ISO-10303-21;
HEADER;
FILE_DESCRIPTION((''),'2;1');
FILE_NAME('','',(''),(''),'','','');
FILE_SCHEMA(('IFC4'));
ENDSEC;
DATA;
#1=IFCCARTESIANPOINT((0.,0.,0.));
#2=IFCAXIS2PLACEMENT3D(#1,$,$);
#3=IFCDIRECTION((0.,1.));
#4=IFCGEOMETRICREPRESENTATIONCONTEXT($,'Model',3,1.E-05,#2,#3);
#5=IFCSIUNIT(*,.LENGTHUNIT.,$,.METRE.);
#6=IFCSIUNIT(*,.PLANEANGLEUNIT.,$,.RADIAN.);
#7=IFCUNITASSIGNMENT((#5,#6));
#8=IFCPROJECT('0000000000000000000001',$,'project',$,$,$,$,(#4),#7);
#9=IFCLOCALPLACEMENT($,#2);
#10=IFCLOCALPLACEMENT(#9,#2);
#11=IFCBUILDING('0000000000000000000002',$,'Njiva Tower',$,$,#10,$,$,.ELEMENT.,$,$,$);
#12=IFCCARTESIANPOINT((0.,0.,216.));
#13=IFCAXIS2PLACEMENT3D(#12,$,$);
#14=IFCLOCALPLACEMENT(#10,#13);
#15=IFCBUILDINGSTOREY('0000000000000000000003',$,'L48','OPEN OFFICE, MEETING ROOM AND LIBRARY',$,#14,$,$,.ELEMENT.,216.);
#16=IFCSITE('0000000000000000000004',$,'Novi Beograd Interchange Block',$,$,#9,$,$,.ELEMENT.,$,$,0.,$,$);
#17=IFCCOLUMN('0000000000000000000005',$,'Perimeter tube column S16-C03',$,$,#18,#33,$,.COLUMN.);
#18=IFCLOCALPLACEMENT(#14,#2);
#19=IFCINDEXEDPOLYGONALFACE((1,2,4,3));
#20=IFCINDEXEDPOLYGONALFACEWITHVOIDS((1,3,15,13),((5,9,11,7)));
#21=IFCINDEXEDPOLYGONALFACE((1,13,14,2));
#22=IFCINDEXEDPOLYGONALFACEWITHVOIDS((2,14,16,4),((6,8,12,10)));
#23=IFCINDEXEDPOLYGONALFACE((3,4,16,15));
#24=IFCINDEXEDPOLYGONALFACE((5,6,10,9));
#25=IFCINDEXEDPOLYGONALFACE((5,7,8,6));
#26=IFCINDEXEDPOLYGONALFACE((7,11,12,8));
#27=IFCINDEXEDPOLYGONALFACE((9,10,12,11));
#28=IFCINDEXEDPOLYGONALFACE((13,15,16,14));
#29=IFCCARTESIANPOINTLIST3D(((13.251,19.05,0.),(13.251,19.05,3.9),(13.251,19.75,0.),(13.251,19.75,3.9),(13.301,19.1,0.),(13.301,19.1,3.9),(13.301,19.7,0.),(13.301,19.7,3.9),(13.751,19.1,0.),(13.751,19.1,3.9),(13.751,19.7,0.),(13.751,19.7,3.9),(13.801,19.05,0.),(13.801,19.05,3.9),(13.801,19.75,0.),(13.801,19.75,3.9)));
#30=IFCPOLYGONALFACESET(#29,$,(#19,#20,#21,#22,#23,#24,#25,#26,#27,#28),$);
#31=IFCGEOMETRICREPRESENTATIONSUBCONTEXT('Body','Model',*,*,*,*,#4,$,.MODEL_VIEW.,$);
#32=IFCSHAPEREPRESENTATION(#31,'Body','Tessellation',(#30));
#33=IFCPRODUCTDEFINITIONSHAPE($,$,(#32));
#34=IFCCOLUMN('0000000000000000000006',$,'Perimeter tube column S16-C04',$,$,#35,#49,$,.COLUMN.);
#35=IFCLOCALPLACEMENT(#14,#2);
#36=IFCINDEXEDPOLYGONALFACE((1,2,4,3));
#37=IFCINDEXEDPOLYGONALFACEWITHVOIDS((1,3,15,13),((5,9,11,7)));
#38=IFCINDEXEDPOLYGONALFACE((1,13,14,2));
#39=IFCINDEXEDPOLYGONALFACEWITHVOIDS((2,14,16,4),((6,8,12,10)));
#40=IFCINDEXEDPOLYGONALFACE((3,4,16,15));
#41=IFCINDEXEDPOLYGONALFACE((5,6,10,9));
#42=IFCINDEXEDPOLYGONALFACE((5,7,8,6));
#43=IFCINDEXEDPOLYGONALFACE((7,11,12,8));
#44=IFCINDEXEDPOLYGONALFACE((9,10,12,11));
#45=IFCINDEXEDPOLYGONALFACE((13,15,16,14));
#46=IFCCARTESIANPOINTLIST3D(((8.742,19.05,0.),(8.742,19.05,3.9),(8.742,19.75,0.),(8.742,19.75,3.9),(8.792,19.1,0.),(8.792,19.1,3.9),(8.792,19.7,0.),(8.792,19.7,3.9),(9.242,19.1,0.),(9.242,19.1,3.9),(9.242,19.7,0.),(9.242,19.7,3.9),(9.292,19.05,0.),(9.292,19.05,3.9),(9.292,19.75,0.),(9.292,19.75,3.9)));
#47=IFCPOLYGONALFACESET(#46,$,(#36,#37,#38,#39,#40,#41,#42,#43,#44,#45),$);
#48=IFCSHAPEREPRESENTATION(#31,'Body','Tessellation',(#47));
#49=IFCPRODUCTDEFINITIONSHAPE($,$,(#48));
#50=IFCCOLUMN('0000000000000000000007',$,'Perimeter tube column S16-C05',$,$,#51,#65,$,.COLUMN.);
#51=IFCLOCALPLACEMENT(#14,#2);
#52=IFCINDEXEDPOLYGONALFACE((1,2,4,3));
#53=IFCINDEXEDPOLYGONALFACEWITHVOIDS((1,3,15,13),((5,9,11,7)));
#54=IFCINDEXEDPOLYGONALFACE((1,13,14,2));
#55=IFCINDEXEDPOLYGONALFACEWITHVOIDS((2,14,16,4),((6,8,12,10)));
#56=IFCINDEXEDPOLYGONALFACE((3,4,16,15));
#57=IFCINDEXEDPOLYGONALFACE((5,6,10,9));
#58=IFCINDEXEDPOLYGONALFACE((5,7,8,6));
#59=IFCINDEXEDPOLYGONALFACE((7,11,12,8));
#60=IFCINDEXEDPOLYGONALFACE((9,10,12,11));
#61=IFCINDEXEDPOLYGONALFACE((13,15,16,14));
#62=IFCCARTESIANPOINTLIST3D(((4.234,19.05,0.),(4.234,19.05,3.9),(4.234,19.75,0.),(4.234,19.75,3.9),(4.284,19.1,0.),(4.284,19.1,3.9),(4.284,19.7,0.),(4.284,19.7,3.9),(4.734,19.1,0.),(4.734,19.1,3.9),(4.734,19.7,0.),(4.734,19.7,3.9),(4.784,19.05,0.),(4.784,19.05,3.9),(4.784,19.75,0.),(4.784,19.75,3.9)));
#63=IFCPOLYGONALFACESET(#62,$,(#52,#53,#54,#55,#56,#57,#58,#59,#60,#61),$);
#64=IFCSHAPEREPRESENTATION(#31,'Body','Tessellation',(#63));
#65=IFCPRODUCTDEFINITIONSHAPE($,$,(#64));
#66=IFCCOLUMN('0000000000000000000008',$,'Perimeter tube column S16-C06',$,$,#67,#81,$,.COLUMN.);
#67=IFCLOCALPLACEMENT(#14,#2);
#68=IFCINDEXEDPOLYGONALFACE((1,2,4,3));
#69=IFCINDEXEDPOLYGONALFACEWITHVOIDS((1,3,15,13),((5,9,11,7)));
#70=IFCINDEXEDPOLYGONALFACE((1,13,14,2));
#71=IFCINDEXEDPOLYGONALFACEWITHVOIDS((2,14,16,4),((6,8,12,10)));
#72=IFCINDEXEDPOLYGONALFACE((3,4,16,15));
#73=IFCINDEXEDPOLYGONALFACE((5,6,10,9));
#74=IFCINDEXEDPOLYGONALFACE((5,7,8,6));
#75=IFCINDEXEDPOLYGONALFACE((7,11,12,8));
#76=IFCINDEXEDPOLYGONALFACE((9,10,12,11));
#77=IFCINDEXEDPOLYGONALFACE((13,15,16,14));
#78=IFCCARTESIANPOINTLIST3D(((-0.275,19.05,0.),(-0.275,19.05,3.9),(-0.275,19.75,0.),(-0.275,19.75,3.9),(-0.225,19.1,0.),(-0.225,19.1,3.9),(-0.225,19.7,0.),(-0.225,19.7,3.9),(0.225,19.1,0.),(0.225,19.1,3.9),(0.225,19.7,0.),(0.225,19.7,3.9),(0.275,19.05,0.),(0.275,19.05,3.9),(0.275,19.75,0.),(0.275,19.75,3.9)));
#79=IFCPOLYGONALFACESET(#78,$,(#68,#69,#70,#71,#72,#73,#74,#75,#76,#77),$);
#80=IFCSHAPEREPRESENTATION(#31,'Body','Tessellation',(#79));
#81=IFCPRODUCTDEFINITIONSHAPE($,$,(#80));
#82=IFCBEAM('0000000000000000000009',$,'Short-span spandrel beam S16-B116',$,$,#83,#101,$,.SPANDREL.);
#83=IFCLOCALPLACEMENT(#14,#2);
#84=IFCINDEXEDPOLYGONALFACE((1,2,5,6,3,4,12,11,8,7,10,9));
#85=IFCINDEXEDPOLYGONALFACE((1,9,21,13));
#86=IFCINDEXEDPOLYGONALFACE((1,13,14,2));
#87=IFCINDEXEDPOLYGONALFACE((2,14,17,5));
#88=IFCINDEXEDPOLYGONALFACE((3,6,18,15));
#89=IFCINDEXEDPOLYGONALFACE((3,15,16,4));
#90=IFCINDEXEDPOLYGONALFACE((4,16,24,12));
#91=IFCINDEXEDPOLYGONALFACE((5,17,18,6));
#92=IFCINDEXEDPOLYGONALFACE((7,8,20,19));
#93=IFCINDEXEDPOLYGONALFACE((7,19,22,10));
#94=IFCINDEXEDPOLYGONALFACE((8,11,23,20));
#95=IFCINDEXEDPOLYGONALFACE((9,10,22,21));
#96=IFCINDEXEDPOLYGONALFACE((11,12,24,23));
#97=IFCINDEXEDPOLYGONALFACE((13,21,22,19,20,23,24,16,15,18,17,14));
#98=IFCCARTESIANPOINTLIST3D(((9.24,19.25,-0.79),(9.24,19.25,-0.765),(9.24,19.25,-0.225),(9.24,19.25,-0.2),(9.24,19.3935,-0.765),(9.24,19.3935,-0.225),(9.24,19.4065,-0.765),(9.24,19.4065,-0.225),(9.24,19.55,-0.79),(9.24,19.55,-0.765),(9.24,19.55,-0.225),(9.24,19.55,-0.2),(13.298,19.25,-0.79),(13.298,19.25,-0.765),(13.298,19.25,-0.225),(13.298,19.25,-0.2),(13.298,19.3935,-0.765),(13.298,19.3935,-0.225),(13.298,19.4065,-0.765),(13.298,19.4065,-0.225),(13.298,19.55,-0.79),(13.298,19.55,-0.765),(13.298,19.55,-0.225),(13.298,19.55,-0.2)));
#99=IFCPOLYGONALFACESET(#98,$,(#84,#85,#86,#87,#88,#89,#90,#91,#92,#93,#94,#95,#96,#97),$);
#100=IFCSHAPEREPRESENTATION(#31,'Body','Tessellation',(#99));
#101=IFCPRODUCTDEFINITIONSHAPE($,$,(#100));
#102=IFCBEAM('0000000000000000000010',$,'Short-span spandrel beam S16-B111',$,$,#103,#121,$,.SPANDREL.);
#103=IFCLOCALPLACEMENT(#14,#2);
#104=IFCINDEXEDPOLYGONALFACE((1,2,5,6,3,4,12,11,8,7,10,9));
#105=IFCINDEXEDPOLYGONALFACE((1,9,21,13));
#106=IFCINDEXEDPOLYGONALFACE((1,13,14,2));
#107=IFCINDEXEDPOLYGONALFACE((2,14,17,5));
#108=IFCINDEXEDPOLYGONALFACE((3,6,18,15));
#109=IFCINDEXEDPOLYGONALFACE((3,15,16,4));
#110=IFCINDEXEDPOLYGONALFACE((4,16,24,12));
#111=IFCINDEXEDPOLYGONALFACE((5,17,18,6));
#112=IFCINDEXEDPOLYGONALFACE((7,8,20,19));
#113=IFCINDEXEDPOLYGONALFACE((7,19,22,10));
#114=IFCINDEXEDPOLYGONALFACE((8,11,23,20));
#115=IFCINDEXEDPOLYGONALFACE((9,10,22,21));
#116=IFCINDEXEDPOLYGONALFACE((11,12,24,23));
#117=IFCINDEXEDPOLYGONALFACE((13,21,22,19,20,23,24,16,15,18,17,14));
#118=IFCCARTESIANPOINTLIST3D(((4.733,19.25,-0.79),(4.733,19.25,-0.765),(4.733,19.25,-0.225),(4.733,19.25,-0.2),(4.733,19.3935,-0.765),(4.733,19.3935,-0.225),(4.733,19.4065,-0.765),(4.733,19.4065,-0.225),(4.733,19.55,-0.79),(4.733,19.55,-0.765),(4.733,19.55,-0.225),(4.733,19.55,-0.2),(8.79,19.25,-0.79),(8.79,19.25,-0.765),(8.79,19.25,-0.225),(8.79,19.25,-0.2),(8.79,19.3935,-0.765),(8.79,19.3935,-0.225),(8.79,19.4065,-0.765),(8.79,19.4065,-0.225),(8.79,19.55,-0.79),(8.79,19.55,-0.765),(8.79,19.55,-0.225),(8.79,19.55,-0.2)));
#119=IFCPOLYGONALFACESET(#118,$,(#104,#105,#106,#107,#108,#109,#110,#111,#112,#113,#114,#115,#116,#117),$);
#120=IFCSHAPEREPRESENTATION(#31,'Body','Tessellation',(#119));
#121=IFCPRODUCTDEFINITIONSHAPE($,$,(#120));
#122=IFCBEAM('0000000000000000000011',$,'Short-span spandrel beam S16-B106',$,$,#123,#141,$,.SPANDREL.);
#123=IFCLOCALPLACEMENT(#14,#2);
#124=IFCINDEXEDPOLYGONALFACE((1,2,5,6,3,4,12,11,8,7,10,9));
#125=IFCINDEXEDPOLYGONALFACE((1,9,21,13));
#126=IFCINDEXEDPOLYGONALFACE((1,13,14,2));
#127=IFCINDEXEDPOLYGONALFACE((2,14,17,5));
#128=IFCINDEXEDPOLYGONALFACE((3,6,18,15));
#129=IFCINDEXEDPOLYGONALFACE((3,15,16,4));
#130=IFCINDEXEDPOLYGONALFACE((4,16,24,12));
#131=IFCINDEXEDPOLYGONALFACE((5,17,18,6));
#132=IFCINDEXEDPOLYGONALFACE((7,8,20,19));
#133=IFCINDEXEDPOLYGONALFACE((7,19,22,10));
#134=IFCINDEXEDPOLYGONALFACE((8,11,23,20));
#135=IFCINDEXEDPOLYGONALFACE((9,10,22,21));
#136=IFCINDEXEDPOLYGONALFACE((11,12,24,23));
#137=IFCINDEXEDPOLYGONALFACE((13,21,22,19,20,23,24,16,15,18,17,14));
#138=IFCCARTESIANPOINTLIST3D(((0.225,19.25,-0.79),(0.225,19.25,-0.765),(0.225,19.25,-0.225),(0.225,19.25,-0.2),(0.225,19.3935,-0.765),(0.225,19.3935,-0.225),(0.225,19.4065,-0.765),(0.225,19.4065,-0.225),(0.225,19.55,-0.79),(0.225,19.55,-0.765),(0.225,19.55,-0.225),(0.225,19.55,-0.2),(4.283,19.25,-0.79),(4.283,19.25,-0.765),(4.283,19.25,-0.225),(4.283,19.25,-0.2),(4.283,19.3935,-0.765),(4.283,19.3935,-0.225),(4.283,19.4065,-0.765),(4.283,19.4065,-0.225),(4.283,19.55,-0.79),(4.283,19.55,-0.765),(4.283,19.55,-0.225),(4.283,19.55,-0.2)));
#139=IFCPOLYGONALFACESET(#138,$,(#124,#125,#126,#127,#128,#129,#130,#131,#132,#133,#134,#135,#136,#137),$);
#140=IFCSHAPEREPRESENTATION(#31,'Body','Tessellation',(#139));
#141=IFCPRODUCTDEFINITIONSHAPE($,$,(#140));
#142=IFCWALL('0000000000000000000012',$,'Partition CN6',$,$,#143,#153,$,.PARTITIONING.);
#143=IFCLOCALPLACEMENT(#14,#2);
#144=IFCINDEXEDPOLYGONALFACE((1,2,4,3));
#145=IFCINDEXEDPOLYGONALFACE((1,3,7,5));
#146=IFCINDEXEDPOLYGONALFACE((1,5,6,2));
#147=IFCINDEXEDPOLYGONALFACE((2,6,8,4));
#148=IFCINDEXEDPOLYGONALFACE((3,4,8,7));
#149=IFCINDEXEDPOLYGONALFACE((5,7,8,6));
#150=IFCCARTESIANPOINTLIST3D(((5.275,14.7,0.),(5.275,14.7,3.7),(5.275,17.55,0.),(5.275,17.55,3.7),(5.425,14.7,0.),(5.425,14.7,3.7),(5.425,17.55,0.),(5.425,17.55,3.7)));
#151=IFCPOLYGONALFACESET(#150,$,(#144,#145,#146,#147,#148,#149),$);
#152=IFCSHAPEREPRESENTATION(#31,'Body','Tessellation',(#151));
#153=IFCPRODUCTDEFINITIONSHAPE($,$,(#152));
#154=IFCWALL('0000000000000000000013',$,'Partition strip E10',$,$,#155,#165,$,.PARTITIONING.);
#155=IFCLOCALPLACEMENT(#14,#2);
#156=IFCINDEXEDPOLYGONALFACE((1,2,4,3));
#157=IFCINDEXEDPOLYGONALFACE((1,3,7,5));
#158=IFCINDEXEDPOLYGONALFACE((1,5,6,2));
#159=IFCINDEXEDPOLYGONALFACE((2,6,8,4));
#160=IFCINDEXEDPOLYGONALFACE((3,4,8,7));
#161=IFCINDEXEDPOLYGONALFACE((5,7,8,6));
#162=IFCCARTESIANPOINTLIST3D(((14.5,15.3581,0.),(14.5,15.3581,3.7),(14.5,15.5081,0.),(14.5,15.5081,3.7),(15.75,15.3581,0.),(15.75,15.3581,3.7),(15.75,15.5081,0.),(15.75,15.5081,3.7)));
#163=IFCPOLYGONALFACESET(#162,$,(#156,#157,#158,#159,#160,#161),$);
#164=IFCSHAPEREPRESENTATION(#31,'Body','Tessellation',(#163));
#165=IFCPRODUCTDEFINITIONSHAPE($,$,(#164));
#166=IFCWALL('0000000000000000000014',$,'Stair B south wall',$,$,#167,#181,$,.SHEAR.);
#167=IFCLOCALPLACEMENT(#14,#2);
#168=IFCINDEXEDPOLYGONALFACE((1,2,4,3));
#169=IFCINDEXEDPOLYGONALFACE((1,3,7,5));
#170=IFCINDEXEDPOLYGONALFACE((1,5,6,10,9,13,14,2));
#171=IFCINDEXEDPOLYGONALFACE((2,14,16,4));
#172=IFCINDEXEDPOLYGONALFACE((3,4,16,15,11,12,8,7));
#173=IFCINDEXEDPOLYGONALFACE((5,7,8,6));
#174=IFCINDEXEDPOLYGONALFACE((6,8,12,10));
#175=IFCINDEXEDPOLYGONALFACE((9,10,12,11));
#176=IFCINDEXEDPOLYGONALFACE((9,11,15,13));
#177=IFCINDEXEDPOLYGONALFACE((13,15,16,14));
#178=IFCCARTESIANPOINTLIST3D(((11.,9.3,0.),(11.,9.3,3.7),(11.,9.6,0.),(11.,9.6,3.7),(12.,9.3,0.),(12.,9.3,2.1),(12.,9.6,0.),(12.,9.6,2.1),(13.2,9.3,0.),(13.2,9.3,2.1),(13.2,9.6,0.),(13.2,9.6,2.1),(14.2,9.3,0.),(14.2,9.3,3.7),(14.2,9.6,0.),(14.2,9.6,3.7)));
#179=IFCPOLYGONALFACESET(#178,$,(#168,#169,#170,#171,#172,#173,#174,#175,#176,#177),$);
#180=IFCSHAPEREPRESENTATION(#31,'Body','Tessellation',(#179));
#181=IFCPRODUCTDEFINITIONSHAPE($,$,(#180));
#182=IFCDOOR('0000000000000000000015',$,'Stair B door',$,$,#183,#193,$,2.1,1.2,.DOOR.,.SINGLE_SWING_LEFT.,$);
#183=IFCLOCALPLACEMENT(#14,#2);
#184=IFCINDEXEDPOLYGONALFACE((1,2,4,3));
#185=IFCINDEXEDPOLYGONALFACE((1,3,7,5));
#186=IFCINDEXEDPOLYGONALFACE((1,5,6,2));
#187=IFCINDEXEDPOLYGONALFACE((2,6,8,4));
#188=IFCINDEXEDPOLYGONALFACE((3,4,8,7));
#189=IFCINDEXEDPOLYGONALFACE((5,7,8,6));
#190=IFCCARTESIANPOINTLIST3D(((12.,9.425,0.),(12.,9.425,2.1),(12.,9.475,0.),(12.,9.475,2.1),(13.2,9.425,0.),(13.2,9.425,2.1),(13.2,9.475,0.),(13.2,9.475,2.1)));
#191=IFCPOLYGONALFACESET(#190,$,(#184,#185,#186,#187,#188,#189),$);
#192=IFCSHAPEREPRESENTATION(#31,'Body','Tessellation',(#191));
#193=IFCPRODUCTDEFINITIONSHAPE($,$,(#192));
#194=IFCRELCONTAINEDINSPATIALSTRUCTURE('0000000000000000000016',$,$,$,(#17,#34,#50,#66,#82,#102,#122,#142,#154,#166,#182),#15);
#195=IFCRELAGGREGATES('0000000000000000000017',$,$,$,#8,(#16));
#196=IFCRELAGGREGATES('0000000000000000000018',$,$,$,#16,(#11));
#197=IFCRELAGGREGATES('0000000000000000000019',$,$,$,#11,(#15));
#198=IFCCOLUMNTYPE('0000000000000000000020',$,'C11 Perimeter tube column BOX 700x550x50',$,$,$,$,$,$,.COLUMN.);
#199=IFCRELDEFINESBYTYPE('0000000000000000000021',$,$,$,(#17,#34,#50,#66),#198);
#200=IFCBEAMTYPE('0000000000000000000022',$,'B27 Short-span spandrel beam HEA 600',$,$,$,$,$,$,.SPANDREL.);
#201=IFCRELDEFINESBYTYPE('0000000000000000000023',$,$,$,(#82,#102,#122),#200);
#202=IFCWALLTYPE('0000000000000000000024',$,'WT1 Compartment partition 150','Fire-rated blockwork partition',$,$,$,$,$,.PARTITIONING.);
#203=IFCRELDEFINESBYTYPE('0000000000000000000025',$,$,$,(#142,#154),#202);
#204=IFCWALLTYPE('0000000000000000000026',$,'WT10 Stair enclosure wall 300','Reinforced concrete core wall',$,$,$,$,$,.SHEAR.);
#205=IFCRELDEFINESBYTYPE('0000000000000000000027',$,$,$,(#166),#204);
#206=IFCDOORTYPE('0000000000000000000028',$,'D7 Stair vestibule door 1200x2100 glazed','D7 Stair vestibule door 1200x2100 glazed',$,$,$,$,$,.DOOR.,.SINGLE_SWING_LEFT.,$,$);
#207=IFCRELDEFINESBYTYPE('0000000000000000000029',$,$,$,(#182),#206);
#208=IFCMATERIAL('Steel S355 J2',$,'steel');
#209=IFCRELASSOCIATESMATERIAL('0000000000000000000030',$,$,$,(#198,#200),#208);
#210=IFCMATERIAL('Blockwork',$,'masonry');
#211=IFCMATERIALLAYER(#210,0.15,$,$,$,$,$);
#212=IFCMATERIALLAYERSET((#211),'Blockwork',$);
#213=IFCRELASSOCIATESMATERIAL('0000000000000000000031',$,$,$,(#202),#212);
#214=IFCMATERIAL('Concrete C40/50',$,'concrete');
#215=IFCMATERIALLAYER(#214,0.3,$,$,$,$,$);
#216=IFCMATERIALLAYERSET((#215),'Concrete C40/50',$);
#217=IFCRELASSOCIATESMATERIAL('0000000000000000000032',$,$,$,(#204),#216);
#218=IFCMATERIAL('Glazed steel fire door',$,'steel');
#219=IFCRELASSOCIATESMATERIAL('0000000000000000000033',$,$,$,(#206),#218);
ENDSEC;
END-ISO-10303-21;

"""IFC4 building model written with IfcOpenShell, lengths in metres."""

from ifc_helpers import new_model, si_unit, direction, frame, frame_2d, origin, origin_2d, place, context, subcontext, project, spatial, rectangle, hollow_rectangle, i_section, extrude, material, layer, layer_set, material_profile, profile_set, type_object, element, fill, save


model = new_model("IFC4")

# Units and contexts
model_context = context("Model", 3, precision=1e-05, world=origin(), true_north=direction((0.0, 1.0)))
body_context = subcontext(model_context, "Body", "Model", "MODEL_VIEW")
ifc_project = project(units=[si_unit("LENGTHUNIT", "METRE"), si_unit("PLANEANGLEUNIT", "RADIAN")], contexts=[model_context])

# Site, building, storey
site_placement = place(None, origin())
site = spatial("IfcSite", under=ifc_project, at=site_placement, Name="Novi Beograd Interchange Block", CompositionType="ELEMENT", RefElevation=0.0)
building_placement = place(site_placement, origin())
building = spatial("IfcBuilding", under=site, at=building_placement, Name="Njiva Tower", CompositionType="ELEMENT")
storey_placement = place(building_placement, frame((0.0, 0.0, 216.0)))
storey = spatial("IfcBuildingStorey", under=building, at=storey_placement, Name="L48", Description="OPEN OFFICE, MEETING ROOM AND LIBRARY", CompositionType="ELEMENT", Elevation=216.0)

# Columns
ifc_material_1 = material(Name="Steel S355 J2", Category="steel")
ifc_material_profile_1 = material_profile(ifc_material_1, hollow_rectangle(XDim=0.55, YDim=0.7, WallThickness=0.05, at=origin_2d()), Name="BOX 700x550x50")
ifc_profile_set_1 = profile_set([ifc_material_profile_1], Name="Steel S355 J2")
column_type = type_object("IfcColumnType", Name="C11 Perimeter tube column BOX 700x550x50", PredefinedType="COLUMN", material=ifc_profile_set_1)
for number, where, z_axis, x_axis, name in (
    (1, (13.526, 19.4, 0.0), (0.0, 0.0, 1.0), (-1.0, 0.0, 0.0), "Perimeter tube column S16-C03"),
    (2, (9.017, 19.4, 0.0), (0.0, 0.0, 1.0), (-1.0, 0.0, 0.0), "Perimeter tube column S16-C04"),
    (3, (4.509, 19.4, 0.0), (0.0, 0.0, 1.0), (-1.0, 0.0, 0.0), "Perimeter tube column S16-C05"),
    (4, (0.0, 19.4, 0.0), (0.0, 0.0, 1.0), (-1.0, 0.0, 0.0), "Perimeter tube column S16-C06"),
):
    element("IfcColumn", number, at=place(storey_placement, frame(where, z_axis=z_axis, x_axis=x_axis)), inside=storey, type_object=column_type, Name=name, PredefinedType="COLUMN", context=body_context, shape_type="SweptSolid", body=[
        extrude(hollow_rectangle(XDim=0.55, YDim=0.7, WallThickness=0.05, at=origin_2d()), origin(), (0.0, 0.0, 1.0), 3.9),
    ])

# Beams
ifc_material_profile_2 = material_profile(ifc_material_1, i_section(OverallWidth=0.3, OverallDepth=0.59, WebThickness=0.013, FlangeThickness=0.025, at=origin_2d()), Name="HEA 600")
ifc_profile_set_2 = profile_set([ifc_material_profile_2], Name="Steel S355 J2")
beam_type = type_object("IfcBeamType", Name="B27 Short-span spandrel beam HEA 600", PredefinedType="SPANDREL", material=ifc_profile_set_2)
beam_1_placement = place(storey_placement, frame((13.298, 19.4, -0.495), z_axis=(-1.0, 0.0, 0.0), x_axis=(0.0, -1.0, 0.0)))
element("IfcBeam", 5, at=beam_1_placement, inside=storey, type_object=beam_type, Name="Short-span spandrel beam S16-B116", PredefinedType="SPANDREL", context=body_context, shape_type="SweptSolid", body=[
    extrude(i_section(OverallWidth=0.3, OverallDepth=0.59, WebThickness=0.013, FlangeThickness=0.025, at=origin_2d()), origin(), (0.0, 0.0, 1.0), 4.058),
])
beam_2_placement = place(storey_placement, frame((8.79, 19.4, -0.495), z_axis=(-1.0, 0.0, 0.0), x_axis=(0.0, -1.0, 0.0)))
element("IfcBeam", 6, at=beam_2_placement, inside=storey, type_object=beam_type, Name="Short-span spandrel beam S16-B111", PredefinedType="SPANDREL", context=body_context, shape_type="SweptSolid", body=[
    extrude(i_section(OverallWidth=0.3, OverallDepth=0.59, WebThickness=0.013, FlangeThickness=0.025, at=origin_2d()), origin(), (0.0, 0.0, 1.0), 4.057),
])
beam_3_placement = place(storey_placement, frame((4.283, 19.4, -0.495), z_axis=(-1.0, 0.0, 0.0), x_axis=(0.0, -1.0, 0.0)))
element("IfcBeam", 7, at=beam_3_placement, inside=storey, type_object=beam_type, Name="Short-span spandrel beam S16-B106", PredefinedType="SPANDREL", context=body_context, shape_type="SweptSolid", body=[
    extrude(i_section(OverallWidth=0.3, OverallDepth=0.59, WebThickness=0.013, FlangeThickness=0.025, at=origin_2d()), origin(), (0.0, 0.0, 1.0), 4.058),
])

# Walls
ifc_material_2 = material(Name="Blockwork", Category="masonry")
ifc_layer_1 = layer(ifc_material_2, 0.15)
ifc_layer_set_1 = layer_set([ifc_layer_1], Name="Blockwork")
wall_type_1 = type_object("IfcWallType", Name="WT1 Compartment partition 150", Description="Fire-rated blockwork partition", PredefinedType="PARTITIONING", material=ifc_layer_set_1)
wall_1_placement = place(storey_placement, frame((5.35, 14.7, 0.0), z_axis=(0.0, 0.0, 1.0), x_axis=(0.0, 1.0, 0.0)))
element("IfcWall", 8, at=wall_1_placement, inside=storey, type_object=wall_type_1, Name="Partition CN6", PredefinedType="PARTITIONING", context=body_context, shape_type="SweptSolid", body=[
    extrude(rectangle(XDim=2.85, YDim=0.15, at=frame_2d((1.425, 0.0))), origin(), (0.0, 0.0, 1.0), 3.7),
])
wall_2_placement = place(storey_placement, frame((14.5, 15.4331, 0.0), z_axis=(0.0, 0.0, 1.0), x_axis=(1.0, 0.0, 0.0)))
element("IfcWall", 9, at=wall_2_placement, inside=storey, type_object=wall_type_1, Name="Partition strip E10", PredefinedType="PARTITIONING", context=body_context, shape_type="SweptSolid", body=[
    extrude(rectangle(XDim=1.25, YDim=0.15, at=frame_2d((0.625, 0.0))), origin(), (0.0, 0.0, 1.0), 3.7),
])

# Wall, opening, door
ifc_material_3 = material(Name="Concrete C40/50", Category="concrete")
ifc_layer_2 = layer(ifc_material_3, 0.3)
ifc_layer_set_2 = layer_set([ifc_layer_2], Name="Concrete C40/50")
wall_type_2 = type_object("IfcWallType", Name="WT10 Stair enclosure wall 300", Description="Reinforced concrete core wall", PredefinedType="SHEAR", material=ifc_layer_set_2)
wall_3_placement = place(storey_placement, frame((11.0, 9.45, 0.0), z_axis=(0.0, 0.0, 1.0), x_axis=(1.0, 0.0, 0.0)))
wall_3 = element("IfcWall", 10, at=wall_3_placement, inside=storey, type_object=wall_type_2, Name="Stair B south wall", PredefinedType="SHEAR", context=body_context, shape_type="SweptSolid", body=[
    extrude(rectangle(XDim=3.2, YDim=0.3, at=frame_2d((1.6, 0.0))), origin(), (0.0, 0.0, 1.0), 3.7),
])
opening_1_placement = place(wall_3_placement, frame((1.0, 0.0, 0.0)))
opening_1 = element("IfcOpeningElement", 11, at=opening_1_placement, cuts=wall_3, PredefinedType="OPENING", context=body_context, shape_type="SweptSolid", body=[
    extrude(rectangle(XDim=1.2, YDim=2.1, at=frame_2d((0.6, 1.05))), frame((0.0, 0.16, 0.0), z_axis=(0.0, -1.0, 0.0), x_axis=(1.0, 0.0, 0.0)), (0.0, 0.0, 1.0), 0.32),
])
ifc_material_4 = material(Name="Glazed steel fire door", Category="steel")
door_type_1 = type_object("IfcDoorType", Name="D7 Stair vestibule door 1200x2100 glazed", Description="D7 Stair vestibule door 1200x2100 glazed", OperationType="SINGLE_SWING_LEFT", PredefinedType="DOOR", material=ifc_material_4)
door_1_placement = place(opening_1_placement, origin())
door_1 = element("IfcDoor", 12, at=door_1_placement, inside=storey, type_object=door_type_1, Name="Stair B door", OperationType="SINGLE_SWING_LEFT", OverallHeight=2.1, OverallWidth=1.2, PredefinedType="DOOR", context=body_context, shape_type="SweptSolid", body=[
    extrude(rectangle(XDim=1.2, YDim=2.1, at=frame_2d((0.6, 1.05))), frame((0.0, 0.025, 0.0), z_axis=(0.0, -1.0, 0.0), x_axis=(1.0, 0.0, 0.0)), (0.0, 0.0, 1.0), 0.05),
])
fill(opening_1, door_1)

save(model, "model.ifc")
